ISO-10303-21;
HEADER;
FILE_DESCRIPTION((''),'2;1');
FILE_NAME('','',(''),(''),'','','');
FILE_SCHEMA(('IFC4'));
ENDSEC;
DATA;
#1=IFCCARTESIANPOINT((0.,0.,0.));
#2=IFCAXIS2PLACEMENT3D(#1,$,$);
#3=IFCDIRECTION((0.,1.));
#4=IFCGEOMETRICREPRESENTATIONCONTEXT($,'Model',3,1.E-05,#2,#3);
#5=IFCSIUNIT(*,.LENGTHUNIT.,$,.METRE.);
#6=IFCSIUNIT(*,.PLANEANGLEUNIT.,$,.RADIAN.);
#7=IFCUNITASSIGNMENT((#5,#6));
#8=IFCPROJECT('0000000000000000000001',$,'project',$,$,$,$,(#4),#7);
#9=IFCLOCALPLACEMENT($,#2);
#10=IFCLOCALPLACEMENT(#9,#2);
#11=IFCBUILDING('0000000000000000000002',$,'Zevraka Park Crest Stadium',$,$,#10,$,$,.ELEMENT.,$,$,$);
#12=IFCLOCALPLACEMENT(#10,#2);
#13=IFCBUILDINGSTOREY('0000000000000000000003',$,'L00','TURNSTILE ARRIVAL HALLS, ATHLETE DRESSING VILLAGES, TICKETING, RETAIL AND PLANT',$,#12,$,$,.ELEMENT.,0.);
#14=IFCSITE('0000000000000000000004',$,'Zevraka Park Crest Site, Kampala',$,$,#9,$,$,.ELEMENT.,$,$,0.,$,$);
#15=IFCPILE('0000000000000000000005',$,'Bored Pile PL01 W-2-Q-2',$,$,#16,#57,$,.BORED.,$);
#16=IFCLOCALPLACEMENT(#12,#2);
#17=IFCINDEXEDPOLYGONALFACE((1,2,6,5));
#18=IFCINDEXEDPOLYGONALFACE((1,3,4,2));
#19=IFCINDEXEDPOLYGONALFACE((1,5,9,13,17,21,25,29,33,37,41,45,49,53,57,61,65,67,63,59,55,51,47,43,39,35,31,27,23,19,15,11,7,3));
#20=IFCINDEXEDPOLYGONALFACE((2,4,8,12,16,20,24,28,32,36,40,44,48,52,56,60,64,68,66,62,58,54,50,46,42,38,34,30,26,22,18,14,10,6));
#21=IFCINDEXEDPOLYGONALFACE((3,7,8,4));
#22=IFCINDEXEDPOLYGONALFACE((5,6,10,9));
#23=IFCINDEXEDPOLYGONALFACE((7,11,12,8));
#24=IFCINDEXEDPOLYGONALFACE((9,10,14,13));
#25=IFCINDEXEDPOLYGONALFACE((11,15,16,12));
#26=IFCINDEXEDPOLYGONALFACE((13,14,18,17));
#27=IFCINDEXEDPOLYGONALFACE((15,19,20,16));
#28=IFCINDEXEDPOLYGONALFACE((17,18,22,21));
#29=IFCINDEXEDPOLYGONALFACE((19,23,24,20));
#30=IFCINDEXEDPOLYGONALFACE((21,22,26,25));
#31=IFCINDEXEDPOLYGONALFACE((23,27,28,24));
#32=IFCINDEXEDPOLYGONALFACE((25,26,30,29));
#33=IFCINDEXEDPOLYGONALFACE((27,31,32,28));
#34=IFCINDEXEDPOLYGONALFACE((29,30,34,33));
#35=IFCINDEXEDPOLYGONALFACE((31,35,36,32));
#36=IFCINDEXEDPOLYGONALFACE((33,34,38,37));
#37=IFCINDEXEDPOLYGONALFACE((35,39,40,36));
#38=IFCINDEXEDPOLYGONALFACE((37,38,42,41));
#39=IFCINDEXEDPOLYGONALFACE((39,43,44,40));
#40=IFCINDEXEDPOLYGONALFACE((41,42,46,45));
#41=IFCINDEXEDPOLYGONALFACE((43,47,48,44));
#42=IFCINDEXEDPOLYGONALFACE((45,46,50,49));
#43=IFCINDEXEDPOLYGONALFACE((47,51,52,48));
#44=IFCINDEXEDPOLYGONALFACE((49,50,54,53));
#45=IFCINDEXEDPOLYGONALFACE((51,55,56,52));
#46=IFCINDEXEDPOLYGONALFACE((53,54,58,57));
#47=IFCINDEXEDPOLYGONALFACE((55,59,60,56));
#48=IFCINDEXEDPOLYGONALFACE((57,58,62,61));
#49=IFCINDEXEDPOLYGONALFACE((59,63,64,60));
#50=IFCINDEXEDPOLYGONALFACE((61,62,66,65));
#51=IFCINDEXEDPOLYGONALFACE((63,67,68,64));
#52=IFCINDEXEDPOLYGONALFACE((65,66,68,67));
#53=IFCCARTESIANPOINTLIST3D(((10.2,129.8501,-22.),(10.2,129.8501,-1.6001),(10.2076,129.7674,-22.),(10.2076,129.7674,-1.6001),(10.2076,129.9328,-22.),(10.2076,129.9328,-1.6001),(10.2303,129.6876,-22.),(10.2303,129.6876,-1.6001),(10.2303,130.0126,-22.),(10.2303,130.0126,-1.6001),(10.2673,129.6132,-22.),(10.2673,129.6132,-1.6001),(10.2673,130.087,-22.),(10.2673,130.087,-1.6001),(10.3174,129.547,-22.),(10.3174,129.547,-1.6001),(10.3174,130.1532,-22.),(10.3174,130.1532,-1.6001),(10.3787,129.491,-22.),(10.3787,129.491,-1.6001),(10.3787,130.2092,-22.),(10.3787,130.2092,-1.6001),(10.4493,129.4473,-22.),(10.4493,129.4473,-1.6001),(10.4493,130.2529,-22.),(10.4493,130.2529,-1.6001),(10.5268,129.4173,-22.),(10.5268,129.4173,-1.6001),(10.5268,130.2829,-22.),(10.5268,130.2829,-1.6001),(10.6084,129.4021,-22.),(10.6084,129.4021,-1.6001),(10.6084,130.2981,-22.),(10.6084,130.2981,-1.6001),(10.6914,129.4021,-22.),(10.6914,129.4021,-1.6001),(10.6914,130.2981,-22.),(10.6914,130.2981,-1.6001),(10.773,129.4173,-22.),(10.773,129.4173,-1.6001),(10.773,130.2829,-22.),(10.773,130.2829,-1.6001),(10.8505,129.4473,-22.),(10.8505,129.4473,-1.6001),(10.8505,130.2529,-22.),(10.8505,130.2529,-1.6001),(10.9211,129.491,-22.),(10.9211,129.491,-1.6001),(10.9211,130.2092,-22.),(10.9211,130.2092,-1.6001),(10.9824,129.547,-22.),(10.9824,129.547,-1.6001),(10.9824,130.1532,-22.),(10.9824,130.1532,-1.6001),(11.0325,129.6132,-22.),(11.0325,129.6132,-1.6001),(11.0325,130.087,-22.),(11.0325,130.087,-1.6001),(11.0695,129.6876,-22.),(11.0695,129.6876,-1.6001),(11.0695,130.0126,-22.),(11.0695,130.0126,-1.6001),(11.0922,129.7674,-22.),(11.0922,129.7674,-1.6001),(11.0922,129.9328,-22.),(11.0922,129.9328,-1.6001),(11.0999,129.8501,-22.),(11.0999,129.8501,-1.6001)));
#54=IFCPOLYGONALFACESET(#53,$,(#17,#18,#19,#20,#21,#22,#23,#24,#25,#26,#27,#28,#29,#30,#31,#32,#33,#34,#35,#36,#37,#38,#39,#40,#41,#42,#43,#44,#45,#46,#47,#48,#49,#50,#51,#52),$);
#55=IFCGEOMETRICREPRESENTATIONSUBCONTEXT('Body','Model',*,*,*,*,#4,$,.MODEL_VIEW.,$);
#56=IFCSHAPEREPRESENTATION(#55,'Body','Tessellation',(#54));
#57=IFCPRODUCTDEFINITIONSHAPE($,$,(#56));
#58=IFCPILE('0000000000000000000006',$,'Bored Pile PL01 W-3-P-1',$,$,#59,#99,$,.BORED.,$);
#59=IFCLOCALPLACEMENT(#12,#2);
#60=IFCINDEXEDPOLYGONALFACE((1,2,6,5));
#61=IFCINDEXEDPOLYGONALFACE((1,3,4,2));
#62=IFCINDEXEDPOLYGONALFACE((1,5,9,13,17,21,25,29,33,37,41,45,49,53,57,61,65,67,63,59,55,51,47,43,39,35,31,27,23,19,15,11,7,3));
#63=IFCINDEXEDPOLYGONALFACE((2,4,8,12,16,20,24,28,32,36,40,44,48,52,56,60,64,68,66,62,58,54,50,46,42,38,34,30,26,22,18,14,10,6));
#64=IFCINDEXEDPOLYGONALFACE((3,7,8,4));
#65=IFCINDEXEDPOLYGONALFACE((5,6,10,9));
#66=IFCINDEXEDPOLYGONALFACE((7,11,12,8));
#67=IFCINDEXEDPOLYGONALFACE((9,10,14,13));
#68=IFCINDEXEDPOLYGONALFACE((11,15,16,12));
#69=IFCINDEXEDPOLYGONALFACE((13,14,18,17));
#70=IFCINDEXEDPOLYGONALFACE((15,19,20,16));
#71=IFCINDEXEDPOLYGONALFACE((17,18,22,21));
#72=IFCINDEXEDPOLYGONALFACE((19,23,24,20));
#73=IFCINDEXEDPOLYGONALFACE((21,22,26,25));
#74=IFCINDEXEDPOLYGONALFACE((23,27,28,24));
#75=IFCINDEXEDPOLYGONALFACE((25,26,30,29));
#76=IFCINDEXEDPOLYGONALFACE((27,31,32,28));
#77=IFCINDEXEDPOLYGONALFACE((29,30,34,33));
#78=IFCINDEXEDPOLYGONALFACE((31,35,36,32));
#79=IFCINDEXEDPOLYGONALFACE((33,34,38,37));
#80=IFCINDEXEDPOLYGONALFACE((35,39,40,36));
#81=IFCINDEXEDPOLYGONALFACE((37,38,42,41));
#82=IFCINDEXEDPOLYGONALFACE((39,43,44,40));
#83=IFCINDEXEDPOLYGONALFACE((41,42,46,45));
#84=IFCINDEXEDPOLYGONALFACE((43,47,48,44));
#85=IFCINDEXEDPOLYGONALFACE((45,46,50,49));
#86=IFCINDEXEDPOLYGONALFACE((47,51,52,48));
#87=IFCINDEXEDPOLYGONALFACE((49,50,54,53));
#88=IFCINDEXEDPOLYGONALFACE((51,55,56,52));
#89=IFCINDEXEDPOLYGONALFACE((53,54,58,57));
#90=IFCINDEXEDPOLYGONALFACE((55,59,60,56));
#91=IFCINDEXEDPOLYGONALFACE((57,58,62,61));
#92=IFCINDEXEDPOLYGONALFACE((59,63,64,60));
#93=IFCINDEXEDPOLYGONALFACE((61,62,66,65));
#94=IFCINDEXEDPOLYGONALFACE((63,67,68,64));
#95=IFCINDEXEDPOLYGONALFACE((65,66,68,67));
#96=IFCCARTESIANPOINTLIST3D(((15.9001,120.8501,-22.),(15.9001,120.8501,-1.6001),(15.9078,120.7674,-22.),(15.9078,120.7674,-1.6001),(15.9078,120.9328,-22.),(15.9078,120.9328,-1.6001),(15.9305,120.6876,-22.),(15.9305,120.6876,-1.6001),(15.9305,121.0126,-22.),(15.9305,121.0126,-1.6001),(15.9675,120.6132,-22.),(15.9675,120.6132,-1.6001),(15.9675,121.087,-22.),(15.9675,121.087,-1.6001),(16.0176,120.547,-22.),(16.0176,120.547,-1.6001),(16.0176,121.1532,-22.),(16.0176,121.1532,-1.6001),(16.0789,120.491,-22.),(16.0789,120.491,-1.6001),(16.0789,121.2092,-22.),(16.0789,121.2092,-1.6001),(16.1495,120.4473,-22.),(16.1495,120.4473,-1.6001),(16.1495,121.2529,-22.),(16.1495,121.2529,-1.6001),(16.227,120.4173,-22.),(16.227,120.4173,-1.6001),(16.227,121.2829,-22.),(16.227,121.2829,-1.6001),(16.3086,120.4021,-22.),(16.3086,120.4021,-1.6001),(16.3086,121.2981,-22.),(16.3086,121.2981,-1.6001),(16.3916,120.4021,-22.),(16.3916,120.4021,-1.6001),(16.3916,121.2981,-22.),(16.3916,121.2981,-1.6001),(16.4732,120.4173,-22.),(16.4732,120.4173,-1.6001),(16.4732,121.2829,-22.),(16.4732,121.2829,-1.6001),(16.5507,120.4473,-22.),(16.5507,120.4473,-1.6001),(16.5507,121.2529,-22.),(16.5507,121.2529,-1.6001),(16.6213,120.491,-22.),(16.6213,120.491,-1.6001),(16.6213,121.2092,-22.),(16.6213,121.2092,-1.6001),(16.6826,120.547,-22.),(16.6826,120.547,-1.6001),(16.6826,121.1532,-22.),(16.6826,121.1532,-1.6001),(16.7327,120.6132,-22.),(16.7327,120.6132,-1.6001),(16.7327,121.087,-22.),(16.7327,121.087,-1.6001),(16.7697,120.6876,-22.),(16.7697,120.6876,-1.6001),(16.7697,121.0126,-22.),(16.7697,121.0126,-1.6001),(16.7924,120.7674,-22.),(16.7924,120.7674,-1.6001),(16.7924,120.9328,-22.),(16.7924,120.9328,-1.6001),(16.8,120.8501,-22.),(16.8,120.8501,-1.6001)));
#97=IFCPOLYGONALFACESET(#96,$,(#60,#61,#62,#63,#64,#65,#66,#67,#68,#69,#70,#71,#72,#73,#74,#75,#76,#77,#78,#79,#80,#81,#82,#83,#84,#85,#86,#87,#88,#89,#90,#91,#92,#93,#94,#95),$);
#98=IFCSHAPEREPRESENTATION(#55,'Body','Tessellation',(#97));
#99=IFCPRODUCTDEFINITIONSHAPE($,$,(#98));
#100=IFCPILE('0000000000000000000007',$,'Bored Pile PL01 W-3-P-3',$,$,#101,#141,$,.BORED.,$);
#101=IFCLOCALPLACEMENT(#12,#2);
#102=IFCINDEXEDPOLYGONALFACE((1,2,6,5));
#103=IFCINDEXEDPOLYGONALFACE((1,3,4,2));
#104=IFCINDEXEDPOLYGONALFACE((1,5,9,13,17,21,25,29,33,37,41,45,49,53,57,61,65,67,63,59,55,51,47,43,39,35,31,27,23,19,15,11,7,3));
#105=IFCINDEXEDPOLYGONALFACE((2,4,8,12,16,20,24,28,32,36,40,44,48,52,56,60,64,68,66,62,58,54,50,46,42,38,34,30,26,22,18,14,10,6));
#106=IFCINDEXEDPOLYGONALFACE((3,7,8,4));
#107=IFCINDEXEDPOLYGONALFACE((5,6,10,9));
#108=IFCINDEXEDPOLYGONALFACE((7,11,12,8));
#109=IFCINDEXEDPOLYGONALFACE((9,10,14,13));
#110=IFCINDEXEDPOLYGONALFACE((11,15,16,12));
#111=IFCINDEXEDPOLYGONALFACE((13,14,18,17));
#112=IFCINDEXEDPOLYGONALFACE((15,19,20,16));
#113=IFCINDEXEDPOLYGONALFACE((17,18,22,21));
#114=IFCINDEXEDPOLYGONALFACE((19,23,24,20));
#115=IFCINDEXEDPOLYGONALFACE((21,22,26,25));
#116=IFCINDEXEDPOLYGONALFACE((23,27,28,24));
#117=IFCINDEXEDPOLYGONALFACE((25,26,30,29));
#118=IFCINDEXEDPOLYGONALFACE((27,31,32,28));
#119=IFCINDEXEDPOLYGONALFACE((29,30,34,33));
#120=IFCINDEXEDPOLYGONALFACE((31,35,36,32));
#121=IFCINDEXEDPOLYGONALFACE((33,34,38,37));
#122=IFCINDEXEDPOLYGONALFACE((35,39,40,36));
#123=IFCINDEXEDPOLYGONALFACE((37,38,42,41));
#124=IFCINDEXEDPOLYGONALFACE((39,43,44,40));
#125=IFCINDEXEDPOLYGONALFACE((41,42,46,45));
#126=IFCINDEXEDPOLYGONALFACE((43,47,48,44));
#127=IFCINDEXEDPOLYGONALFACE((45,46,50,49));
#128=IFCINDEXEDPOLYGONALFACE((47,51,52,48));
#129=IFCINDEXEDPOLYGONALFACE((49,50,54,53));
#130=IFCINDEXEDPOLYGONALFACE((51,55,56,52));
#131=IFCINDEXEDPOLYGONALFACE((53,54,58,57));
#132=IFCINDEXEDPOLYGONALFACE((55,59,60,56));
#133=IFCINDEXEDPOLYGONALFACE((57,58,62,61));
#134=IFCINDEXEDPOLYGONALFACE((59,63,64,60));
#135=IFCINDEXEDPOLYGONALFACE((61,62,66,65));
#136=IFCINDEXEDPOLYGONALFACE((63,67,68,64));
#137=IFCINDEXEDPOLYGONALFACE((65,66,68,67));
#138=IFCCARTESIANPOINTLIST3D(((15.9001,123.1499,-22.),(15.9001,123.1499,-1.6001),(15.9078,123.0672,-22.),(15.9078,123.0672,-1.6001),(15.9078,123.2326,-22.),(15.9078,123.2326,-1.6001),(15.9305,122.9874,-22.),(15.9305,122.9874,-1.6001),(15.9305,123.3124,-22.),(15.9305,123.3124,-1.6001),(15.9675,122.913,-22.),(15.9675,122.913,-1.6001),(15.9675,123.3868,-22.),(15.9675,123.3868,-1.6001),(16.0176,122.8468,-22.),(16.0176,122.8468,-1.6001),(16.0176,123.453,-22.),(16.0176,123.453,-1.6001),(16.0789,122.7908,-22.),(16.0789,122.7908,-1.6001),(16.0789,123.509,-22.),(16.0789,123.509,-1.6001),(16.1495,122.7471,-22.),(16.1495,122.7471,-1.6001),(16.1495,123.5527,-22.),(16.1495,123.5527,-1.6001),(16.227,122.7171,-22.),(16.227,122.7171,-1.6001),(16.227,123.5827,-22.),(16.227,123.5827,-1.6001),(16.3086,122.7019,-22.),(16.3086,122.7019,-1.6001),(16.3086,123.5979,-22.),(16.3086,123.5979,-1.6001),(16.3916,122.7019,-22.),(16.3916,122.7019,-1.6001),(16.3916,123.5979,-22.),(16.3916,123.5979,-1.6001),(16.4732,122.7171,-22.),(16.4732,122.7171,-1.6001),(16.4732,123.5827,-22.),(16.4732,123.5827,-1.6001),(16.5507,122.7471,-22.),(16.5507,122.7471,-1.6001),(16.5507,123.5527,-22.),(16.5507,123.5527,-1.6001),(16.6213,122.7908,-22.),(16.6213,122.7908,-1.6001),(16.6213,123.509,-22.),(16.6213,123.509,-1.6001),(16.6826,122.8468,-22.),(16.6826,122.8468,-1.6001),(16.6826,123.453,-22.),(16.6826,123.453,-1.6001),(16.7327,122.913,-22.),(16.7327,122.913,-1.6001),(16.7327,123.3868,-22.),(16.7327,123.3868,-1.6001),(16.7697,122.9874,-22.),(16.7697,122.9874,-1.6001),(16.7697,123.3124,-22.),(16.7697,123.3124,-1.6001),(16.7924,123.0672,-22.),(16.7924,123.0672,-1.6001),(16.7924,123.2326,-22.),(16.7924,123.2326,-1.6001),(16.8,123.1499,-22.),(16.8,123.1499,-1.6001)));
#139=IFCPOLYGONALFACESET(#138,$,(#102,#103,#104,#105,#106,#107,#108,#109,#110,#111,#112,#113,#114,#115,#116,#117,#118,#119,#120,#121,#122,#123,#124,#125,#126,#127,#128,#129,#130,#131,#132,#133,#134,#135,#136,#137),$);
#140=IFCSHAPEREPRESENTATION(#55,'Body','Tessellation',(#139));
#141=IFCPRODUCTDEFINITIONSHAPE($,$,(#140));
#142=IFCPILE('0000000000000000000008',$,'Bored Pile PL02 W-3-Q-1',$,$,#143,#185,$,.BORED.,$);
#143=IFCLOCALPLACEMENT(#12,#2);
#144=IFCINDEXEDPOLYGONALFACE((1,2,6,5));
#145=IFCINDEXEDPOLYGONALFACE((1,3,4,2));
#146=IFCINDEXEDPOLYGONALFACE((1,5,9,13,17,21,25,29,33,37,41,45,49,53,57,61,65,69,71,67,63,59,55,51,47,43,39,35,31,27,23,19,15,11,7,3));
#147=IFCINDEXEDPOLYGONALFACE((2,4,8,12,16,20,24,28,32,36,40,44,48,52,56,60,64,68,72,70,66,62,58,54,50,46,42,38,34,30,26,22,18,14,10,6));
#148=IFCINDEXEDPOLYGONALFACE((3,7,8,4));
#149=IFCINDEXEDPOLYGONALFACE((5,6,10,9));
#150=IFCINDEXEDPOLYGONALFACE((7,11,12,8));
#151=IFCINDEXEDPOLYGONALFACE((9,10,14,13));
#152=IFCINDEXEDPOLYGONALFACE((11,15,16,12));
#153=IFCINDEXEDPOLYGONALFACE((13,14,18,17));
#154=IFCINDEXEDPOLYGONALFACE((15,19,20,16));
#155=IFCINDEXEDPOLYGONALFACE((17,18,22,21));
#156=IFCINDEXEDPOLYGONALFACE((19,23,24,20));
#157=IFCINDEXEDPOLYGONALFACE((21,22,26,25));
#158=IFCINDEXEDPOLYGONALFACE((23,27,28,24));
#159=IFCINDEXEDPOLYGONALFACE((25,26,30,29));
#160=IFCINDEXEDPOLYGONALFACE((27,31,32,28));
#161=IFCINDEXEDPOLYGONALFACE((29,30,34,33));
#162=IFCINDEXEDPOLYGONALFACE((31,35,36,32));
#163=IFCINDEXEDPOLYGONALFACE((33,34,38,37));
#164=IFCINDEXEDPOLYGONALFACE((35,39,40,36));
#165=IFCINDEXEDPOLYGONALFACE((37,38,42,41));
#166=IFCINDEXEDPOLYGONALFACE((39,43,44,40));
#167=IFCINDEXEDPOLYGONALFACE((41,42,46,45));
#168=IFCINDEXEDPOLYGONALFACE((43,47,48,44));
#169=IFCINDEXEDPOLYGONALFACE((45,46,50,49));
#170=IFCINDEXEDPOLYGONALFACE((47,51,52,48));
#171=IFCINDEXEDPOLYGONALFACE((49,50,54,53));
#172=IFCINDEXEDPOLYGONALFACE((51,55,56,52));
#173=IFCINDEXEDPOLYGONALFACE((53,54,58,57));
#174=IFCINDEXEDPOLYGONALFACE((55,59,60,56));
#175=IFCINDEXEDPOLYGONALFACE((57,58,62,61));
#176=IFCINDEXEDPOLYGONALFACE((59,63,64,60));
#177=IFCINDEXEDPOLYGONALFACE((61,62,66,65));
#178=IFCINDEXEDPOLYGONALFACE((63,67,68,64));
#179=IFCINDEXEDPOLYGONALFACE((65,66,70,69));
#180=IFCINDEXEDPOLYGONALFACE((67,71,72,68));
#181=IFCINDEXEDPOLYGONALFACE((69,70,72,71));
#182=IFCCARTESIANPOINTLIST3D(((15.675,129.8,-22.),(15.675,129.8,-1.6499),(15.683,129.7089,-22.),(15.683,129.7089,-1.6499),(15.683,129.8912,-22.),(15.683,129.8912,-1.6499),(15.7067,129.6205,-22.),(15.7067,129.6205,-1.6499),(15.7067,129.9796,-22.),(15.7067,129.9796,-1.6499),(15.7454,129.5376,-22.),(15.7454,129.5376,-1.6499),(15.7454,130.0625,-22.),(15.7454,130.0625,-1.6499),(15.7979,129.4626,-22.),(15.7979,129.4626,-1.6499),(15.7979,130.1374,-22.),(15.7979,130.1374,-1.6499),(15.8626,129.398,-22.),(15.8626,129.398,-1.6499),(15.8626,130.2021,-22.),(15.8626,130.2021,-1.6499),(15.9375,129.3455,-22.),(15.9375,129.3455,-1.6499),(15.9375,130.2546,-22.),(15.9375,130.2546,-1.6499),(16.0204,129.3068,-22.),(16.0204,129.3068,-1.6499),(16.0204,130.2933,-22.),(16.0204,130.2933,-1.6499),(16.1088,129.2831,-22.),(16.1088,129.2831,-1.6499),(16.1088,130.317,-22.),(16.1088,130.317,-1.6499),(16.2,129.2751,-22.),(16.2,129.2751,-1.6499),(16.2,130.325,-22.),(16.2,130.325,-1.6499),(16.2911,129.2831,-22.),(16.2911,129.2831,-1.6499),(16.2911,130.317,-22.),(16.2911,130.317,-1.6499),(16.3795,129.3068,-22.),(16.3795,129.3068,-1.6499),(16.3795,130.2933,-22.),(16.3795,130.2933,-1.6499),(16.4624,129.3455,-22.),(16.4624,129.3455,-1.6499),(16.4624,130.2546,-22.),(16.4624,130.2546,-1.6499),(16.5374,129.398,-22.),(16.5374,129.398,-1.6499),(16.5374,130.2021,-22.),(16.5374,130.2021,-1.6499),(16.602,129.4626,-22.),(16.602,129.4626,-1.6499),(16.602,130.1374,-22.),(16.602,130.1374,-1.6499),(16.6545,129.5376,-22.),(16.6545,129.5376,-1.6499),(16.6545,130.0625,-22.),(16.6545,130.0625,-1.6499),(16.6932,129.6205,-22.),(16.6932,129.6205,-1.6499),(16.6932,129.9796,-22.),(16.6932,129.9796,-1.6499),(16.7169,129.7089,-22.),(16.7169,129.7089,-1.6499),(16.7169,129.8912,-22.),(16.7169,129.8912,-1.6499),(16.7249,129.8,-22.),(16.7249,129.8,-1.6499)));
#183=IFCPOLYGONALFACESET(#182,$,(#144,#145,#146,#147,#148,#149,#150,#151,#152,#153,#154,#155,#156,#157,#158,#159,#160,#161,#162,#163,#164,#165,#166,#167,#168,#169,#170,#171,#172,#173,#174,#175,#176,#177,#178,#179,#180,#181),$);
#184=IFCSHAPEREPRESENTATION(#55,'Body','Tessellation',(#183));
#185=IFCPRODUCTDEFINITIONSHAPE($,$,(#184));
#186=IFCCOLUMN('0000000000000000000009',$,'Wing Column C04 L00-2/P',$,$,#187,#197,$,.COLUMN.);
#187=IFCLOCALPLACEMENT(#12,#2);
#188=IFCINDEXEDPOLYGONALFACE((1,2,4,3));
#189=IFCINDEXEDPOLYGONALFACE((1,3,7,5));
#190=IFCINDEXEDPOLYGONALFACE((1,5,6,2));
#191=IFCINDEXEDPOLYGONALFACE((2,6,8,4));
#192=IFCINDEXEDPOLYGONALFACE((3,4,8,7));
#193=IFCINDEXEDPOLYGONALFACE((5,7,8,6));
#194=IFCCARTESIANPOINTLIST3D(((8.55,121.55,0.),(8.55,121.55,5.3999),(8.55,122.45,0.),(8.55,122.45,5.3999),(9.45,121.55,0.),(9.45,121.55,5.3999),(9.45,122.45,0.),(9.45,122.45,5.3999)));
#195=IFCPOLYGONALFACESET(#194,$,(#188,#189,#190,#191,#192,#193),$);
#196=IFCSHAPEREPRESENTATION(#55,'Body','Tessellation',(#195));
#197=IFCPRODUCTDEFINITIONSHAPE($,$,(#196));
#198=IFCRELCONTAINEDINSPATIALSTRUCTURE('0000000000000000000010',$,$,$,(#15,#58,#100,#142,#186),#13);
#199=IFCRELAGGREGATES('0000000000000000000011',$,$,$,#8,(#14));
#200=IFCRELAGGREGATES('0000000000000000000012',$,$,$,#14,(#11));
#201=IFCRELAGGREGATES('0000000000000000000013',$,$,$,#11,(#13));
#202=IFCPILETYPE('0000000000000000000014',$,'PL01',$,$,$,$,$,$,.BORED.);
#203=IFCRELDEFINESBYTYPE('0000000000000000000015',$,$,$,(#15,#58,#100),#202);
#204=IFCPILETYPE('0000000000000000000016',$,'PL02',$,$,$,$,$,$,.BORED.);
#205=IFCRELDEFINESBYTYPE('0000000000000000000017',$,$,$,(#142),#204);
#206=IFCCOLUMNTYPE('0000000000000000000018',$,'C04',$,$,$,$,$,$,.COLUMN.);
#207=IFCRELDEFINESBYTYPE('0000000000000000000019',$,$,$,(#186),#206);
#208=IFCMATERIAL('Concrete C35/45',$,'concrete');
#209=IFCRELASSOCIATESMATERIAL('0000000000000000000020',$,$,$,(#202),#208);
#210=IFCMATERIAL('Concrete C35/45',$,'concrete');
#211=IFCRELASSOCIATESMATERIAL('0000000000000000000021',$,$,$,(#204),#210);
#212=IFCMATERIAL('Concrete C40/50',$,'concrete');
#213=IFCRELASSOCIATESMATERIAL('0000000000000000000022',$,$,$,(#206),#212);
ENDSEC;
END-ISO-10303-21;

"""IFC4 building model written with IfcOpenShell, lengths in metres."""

from ifc_helpers import new_model, si_unit, direction, frame, origin, origin_2d, place, context, subcontext, project, spatial, rectangle, circle, extrude, material, material_profile, profile_set, type_object, element, save


model = new_model("IFC4")

# Units and contexts
model_context = context("Model", 3, precision=1e-05, world=origin(), true_north=direction((0.0, 1.0)))
body_context = subcontext(model_context, "Body", "Model", "MODEL_VIEW")
ifc_project = project(units=[si_unit("LENGTHUNIT", "METRE"), si_unit("PLANEANGLEUNIT", "RADIAN")], contexts=[model_context])

# Site, building, storey
site_placement = place(None, origin())
site = spatial("IfcSite", under=ifc_project, at=site_placement, Name="Zevraka Park Crest Site, Kampala", CompositionType="ELEMENT", RefElevation=0.0)
building_placement = place(site_placement, origin())
building = spatial("IfcBuilding", under=site, at=building_placement, Name="Zevraka Park Crest Stadium", CompositionType="ELEMENT")
storey_placement = place(building_placement, origin())
storey = spatial("IfcBuildingStorey", under=building, at=storey_placement, Name="L00", Description="TURNSTILE ARRIVAL HALLS, ATHLETE DRESSING VILLAGES, TICKETING, RETAIL AND PLANT", CompositionType="ELEMENT", Elevation=0.0)

# Piles
ifc_material_1 = material(Name="Concrete C35/45", Category="concrete")
ifc_material_profile_1 = material_profile(ifc_material_1, circle(Radius=0.45, at=origin_2d()), Name="PILE D900")
ifc_profile_set_1 = profile_set([ifc_material_profile_1], Name="Concrete C35/45")
pile_type_1 = type_object("IfcPileType", Name="PL01", PredefinedType="BORED", material=ifc_profile_set_1)
for number, where, z_axis, x_axis, name in (
    (1, (10.6499, 129.8501, -1.6001), (0.0, 0.0, -1.0), (1.0, 0.0, 0.0), "Bored Pile PL01 W-2-Q-2"),
    (2, (16.3501, 120.8501, -1.6001), (0.0, 0.0, -1.0), (1.0, 0.0, 0.0), "Bored Pile PL01 W-3-P-1"),
    (3, (16.3501, 123.1499, -1.6001), (0.0, 0.0, -1.0), (1.0, 0.0, 0.0), "Bored Pile PL01 W-3-P-3"),
):
    element("IfcPile", number, at=place(storey_placement, frame(where, z_axis=z_axis, x_axis=x_axis)), inside=storey, type_object=pile_type_1, Name=name, PredefinedType="BORED", context=body_context, shape_type="SweptSolid", body=[
        extrude(circle(Radius=0.45, at=origin_2d()), origin(), (0.0, 0.0, 1.0), 20.3999),
    ])
ifc_material_2 = material(Name="Concrete C35/45", Category="concrete")
ifc_material_profile_2 = material_profile(ifc_material_2, circle(Radius=0.5249, at=origin_2d()), Name="PILE D1050")
ifc_profile_set_2 = profile_set([ifc_material_profile_2], Name="Concrete C35/45")
pile_type_2 = type_object("IfcPileType", Name="PL02", PredefinedType="BORED", material=ifc_profile_set_2)
pile_1_placement = place(storey_placement, frame((16.2, 129.8, -1.6499), z_axis=(0.0, 0.0, -1.0), x_axis=(1.0, 0.0, 0.0)))
element("IfcPile", 4, at=pile_1_placement, inside=storey, type_object=pile_type_2, Name="Bored Pile PL02 W-3-Q-1", PredefinedType="BORED", context=body_context, shape_type="SweptSolid", body=[
    extrude(circle(Radius=0.5249, at=origin_2d()), origin(), (0.0, 0.0, 1.0), 20.3501),
])

# Column
ifc_material_3 = material(Name="Concrete C40/50", Category="concrete")
ifc_material_profile_3 = material_profile(ifc_material_3, rectangle(XDim=0.8999, YDim=0.8999, at=origin_2d()), Name="RC 900x900")
ifc_profile_set_3 = profile_set([ifc_material_profile_3], Name="Concrete C40/50")
column_type = type_object("IfcColumnType", Name="C04", PredefinedType="COLUMN", material=ifc_profile_set_3)
for number, where, z_axis, x_axis, name in (
    (5, (9.0, 122.0, 0.0), (0.0, 0.0, 1.0), (1.0, 0.0, 0.0), "Wing Column C04 L00-2/P"),
):
    element("IfcColumn", number, at=place(storey_placement, frame(where, z_axis=z_axis, x_axis=x_axis)), inside=storey, type_object=column_type, Name=name, PredefinedType="COLUMN", context=body_context, shape_type="SweptSolid", body=[
        extrude(rectangle(XDim=0.8999, YDim=0.8999, at=origin_2d()), origin(), (0.0, 0.0, 1.0), 5.3999),
    ])

save(model, "model.ifc")
